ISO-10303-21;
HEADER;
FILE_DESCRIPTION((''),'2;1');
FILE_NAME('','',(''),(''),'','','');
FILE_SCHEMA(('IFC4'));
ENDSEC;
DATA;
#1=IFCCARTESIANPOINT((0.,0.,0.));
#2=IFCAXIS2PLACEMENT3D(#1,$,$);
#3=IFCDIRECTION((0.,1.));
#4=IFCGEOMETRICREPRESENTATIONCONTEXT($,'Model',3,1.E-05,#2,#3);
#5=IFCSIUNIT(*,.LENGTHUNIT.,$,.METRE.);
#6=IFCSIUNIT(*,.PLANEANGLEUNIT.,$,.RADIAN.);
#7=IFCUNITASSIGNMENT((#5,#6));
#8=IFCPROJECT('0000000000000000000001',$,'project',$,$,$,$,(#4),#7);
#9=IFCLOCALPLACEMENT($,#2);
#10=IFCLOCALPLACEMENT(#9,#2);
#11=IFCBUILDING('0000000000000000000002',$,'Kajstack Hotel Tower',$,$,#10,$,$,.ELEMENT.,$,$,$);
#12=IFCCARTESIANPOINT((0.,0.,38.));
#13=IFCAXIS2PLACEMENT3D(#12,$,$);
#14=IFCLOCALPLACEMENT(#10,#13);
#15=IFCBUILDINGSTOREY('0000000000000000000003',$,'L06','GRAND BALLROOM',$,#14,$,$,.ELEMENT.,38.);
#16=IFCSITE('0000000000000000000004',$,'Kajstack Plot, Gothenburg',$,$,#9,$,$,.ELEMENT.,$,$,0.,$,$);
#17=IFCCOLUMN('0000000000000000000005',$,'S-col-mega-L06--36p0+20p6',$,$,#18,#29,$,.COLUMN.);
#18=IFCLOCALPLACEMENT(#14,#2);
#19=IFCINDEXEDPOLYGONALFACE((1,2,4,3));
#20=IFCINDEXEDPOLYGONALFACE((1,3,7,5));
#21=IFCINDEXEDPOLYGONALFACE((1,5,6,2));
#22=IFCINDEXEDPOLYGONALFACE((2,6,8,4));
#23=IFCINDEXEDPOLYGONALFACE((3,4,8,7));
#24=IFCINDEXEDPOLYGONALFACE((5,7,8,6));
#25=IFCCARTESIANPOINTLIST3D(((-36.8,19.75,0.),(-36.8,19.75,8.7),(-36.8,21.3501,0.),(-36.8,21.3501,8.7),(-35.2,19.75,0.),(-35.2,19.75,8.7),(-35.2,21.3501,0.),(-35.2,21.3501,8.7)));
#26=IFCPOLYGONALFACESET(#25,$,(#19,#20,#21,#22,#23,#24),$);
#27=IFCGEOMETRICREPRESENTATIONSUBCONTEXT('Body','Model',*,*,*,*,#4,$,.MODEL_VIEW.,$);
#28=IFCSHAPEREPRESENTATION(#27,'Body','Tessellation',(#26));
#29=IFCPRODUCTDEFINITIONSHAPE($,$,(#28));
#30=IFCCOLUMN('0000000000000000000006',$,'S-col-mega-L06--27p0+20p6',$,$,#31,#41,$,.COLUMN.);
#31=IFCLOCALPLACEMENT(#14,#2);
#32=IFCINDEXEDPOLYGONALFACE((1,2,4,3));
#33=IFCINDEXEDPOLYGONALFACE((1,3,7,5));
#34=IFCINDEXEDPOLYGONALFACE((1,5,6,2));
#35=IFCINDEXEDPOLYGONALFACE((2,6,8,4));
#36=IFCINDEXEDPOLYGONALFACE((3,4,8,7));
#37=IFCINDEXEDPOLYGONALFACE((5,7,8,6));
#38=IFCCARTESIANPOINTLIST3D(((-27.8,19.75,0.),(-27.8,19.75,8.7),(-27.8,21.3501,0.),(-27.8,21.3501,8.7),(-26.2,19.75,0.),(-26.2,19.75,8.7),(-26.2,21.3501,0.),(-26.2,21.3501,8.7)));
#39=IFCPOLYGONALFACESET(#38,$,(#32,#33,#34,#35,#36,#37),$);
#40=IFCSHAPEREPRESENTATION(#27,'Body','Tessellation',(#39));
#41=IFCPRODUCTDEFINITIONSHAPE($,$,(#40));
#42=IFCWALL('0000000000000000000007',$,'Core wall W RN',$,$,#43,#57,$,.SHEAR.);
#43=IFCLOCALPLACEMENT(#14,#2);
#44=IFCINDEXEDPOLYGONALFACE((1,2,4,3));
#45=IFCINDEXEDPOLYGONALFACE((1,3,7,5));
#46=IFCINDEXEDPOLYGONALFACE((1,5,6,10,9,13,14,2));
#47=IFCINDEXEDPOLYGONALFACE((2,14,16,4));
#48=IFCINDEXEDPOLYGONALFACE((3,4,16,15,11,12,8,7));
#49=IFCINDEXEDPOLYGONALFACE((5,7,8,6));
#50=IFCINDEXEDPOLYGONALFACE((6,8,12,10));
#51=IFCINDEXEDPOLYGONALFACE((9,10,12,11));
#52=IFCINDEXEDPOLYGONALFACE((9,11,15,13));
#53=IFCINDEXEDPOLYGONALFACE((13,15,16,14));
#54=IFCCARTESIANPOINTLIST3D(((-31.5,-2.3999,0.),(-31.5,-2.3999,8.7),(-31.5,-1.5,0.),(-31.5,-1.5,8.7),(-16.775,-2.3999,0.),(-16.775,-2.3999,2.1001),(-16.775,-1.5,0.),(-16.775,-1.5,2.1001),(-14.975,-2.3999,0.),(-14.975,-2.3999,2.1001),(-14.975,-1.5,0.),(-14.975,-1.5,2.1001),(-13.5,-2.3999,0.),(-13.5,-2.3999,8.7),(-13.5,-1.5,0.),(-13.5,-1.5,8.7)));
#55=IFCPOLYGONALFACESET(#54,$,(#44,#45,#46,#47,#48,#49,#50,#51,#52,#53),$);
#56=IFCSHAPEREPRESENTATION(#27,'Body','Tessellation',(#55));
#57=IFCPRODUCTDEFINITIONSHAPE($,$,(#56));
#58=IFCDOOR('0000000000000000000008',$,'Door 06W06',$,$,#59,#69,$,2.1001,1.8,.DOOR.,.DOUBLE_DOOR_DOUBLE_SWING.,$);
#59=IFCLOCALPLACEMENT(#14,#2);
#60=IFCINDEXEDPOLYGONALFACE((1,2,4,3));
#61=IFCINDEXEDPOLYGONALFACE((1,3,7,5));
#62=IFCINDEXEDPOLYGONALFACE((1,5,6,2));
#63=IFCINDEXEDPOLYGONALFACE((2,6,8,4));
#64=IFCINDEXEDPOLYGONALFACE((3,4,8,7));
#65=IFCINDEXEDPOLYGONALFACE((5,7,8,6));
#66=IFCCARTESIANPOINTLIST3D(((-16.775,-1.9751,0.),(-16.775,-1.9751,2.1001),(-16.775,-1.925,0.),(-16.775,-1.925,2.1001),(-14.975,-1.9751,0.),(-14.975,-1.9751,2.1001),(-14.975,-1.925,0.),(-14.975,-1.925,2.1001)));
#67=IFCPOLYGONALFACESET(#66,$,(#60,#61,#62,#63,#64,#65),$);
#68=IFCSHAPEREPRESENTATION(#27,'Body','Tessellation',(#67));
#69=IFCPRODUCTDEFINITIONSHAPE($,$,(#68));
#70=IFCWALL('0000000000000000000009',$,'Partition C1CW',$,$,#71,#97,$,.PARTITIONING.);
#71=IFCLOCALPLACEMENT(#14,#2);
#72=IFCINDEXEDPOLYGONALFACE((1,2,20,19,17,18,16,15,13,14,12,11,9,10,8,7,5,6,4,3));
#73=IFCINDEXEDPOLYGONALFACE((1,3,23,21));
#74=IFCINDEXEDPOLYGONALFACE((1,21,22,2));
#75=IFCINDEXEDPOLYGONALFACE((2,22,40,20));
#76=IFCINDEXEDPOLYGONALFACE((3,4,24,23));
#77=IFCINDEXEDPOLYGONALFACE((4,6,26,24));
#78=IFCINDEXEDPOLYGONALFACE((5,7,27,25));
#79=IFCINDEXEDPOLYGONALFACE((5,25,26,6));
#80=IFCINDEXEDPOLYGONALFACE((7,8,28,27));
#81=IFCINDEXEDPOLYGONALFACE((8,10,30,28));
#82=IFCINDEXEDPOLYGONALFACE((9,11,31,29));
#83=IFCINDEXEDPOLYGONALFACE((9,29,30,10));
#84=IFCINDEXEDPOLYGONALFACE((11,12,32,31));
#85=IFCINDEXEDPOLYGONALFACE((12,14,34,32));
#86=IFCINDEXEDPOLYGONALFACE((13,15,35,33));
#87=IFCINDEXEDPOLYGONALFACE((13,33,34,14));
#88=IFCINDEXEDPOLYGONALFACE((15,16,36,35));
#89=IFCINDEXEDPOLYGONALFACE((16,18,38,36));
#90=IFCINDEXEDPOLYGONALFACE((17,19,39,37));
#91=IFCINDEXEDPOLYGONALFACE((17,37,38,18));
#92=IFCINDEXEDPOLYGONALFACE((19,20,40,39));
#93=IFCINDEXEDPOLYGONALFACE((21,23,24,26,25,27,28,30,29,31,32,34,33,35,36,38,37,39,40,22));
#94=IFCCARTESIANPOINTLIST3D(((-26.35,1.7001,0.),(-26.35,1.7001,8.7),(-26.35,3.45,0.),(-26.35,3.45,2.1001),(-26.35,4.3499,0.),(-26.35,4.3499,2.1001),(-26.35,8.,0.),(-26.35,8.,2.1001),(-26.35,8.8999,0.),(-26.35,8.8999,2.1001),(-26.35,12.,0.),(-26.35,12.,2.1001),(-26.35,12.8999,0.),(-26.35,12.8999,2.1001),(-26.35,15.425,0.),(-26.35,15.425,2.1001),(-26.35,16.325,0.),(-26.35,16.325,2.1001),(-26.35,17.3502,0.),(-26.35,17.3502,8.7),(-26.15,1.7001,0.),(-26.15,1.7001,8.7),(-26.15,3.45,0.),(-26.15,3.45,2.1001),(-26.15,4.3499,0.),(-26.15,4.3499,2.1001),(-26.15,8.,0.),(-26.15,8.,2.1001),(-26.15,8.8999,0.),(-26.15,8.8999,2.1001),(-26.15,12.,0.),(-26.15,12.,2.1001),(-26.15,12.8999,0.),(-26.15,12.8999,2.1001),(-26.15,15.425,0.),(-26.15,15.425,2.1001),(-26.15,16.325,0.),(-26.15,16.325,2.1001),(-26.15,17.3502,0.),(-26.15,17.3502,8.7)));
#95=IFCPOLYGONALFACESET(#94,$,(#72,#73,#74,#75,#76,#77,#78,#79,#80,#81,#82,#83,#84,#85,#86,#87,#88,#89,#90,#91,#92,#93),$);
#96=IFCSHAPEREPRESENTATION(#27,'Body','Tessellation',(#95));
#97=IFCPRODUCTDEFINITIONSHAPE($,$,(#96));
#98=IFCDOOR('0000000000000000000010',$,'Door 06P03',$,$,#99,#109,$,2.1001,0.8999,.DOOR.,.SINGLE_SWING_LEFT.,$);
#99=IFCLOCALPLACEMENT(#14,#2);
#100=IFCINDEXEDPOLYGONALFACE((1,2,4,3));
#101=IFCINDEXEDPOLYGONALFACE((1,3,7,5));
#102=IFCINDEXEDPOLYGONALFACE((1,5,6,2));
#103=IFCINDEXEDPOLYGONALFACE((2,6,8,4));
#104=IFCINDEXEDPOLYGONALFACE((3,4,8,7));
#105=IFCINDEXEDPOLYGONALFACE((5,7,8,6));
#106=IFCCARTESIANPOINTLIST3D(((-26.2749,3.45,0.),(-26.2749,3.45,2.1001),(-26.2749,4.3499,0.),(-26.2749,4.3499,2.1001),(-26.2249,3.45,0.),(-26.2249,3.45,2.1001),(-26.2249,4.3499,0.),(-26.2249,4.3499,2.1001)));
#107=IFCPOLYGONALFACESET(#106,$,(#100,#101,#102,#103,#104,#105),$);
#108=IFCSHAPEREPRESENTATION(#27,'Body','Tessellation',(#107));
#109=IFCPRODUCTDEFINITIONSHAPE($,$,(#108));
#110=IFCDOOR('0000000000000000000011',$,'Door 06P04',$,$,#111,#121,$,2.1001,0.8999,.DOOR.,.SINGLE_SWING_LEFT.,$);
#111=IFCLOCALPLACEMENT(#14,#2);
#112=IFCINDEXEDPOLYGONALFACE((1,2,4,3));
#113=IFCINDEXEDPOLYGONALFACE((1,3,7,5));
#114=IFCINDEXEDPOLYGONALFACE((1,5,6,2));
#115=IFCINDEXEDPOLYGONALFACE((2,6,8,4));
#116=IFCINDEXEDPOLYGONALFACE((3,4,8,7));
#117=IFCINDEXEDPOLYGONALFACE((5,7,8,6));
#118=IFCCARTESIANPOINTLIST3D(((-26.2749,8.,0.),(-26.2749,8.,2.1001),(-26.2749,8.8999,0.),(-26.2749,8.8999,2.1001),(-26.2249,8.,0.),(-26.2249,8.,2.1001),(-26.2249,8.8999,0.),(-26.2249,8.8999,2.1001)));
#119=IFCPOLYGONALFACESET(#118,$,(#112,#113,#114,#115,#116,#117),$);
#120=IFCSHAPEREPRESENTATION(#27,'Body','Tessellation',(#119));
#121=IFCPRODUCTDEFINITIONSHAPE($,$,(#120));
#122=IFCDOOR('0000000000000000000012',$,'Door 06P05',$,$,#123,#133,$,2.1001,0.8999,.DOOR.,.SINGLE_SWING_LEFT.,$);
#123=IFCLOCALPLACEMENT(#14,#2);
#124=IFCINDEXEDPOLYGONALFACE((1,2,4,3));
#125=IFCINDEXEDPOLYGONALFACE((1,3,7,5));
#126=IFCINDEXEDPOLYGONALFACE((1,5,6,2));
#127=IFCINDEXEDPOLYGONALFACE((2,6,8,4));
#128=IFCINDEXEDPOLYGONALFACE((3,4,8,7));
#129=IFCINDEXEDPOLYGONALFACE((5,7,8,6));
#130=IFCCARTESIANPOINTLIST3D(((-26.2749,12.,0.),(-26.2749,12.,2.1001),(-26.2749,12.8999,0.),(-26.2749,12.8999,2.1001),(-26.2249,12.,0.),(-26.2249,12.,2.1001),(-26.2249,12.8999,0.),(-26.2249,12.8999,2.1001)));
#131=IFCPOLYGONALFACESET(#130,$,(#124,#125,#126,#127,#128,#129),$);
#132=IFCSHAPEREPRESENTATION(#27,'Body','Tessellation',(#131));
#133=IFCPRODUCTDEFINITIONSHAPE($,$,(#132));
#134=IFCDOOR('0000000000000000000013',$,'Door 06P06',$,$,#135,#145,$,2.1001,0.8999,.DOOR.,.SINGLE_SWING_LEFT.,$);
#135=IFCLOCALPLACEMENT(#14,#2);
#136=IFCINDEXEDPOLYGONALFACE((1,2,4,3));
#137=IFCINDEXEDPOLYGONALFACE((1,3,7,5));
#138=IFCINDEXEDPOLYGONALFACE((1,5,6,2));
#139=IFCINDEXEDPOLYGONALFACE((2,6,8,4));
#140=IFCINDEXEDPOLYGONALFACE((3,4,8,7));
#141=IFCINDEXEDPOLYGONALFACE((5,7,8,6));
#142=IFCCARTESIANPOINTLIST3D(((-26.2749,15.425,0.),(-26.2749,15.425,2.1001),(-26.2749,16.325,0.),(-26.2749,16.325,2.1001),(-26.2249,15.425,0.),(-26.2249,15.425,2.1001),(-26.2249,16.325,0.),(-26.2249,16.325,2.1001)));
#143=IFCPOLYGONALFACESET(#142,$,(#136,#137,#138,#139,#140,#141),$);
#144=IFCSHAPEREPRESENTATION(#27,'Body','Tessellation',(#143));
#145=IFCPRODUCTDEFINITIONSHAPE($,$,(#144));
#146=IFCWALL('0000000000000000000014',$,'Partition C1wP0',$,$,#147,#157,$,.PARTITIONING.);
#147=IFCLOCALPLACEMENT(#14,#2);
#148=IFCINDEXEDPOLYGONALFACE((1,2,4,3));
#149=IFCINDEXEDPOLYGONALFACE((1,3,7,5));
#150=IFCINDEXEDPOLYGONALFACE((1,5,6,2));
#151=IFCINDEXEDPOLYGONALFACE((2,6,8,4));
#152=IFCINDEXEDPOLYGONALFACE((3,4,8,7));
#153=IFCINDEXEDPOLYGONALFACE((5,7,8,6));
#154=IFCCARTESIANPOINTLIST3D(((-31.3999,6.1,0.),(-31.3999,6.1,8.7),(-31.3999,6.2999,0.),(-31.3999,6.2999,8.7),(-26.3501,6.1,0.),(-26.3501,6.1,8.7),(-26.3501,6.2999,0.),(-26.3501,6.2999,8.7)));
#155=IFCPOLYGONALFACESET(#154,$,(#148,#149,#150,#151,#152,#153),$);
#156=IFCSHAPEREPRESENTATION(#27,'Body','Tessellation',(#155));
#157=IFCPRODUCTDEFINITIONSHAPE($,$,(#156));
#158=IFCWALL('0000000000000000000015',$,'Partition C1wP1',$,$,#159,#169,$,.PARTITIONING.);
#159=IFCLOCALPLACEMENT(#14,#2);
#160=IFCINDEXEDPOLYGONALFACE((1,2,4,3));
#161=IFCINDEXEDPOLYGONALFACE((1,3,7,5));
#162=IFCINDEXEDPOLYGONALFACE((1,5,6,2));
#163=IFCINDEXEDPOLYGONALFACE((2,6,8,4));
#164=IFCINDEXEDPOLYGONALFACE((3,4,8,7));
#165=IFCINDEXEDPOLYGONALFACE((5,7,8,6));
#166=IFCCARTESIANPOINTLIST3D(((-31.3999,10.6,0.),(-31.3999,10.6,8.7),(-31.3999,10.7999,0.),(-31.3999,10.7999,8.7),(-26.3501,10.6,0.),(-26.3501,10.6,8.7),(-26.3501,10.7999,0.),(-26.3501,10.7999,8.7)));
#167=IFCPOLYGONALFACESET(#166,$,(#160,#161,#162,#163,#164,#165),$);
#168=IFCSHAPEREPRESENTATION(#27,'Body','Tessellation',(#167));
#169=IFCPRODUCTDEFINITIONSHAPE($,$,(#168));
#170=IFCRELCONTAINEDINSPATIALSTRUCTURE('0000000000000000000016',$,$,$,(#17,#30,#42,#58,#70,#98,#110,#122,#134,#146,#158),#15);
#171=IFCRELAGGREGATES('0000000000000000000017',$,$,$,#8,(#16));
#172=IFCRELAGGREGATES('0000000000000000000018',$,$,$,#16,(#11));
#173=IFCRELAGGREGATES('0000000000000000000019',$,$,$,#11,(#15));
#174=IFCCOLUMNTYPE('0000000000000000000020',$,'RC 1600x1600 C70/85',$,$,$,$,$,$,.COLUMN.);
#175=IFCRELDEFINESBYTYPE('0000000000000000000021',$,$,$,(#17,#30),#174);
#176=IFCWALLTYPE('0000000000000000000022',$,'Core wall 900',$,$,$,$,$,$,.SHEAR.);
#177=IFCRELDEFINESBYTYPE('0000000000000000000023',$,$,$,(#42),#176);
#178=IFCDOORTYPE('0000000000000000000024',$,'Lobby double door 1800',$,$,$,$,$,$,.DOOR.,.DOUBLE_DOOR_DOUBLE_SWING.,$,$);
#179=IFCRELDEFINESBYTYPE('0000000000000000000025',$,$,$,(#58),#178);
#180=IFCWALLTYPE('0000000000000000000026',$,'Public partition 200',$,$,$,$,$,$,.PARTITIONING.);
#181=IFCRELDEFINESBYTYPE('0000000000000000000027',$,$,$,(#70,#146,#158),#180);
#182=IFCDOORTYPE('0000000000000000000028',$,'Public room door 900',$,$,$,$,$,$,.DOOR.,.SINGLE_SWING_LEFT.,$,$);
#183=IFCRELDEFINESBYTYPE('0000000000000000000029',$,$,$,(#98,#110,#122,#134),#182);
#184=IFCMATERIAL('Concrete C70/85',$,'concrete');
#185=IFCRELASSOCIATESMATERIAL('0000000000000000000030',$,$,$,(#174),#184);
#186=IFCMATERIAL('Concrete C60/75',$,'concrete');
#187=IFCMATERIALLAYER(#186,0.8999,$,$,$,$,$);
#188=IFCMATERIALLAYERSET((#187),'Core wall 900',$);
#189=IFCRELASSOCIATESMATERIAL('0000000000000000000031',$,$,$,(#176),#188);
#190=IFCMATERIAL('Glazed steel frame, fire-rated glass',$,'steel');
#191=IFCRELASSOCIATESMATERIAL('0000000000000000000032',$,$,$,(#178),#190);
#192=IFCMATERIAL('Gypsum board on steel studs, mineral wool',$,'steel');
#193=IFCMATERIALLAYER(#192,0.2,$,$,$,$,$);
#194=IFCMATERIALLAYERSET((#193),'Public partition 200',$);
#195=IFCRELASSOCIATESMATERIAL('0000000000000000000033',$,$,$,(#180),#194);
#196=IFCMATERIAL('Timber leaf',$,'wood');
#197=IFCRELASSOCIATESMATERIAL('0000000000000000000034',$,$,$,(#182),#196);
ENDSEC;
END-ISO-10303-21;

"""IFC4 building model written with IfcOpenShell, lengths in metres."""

from ifc_helpers import new_model, si_unit, direction, frame, frame_2d, origin, origin_2d, place, context, subcontext, project, spatial, rectangle, extrude, material, layer, layer_set, material_profile, profile_set, type_object, element, fill, save


model = new_model("IFC4")

# Units and contexts
model_context = context("Model", 3, precision=1e-05, world=origin(), true_north=direction((0.0, 1.0)))
body_context = subcontext(model_context, "Body", "Model", "MODEL_VIEW")
ifc_project = project(units=[si_unit("LENGTHUNIT", "METRE"), si_unit("PLANEANGLEUNIT", "RADIAN")], contexts=[model_context])

# Site, building, storey
site_placement = place(None, origin())
site = spatial("IfcSite", under=ifc_project, at=site_placement, Name="Kajstack Plot, Gothenburg", CompositionType="ELEMENT", RefElevation=0.0)
building_placement = place(site_placement, origin())
building = spatial("IfcBuilding", under=site, at=building_placement, Name="Kajstack Hotel Tower", CompositionType="ELEMENT")
storey_placement = place(building_placement, frame((0.0, 0.0, 38.0)))
storey = spatial("IfcBuildingStorey", under=building, at=storey_placement, Name="L06", Description="GRAND BALLROOM", CompositionType="ELEMENT", Elevation=38.0)

# Columns
ifc_material_1 = material(Name="Concrete C70/85", Category="concrete")
ifc_material_profile = material_profile(ifc_material_1, rectangle(XDim=1.6001, YDim=1.6001, at=origin_2d()), Name="RC 1600x1600")
ifc_profile_set = profile_set([ifc_material_profile], Name="Concrete C70/85")
column_type = type_object("IfcColumnType", Name="RC 1600x1600 C70/85", PredefinedType="COLUMN", material=ifc_profile_set)
for number, where, z_axis, x_axis, name in (
    (1, (-36.0, 20.55, 0.0), (0.0, 0.0, 1.0), (1.0, 0.0, 0.0), "S-col-mega-L06--36p0+20p6"),
    (2, (-27.0, 20.55, 0.0), (0.0, 0.0, 1.0), (1.0, 0.0, 0.0), "S-col-mega-L06--27p0+20p6"),
):
    element("IfcColumn", number, at=place(storey_placement, frame(where, z_axis=z_axis, x_axis=x_axis)), inside=storey, type_object=column_type, Name=name, PredefinedType="COLUMN", context=body_context, shape_type="SweptSolid", body=[
        extrude(rectangle(XDim=1.6001, YDim=1.6001, at=origin_2d()), origin(), (0.0, 0.0, 1.0), 8.7),
    ])

# Wall, opening, door
ifc_material_2 = material(Name="Concrete C60/75", Category="concrete")
ifc_layer_1 = layer(ifc_material_2, 0.8999)
ifc_layer_set_1 = layer_set([ifc_layer_1], Name="Core wall 900")
wall_type_1 = type_object("IfcWallType", Name="Core wall 900", PredefinedType="SHEAR", material=ifc_layer_set_1)
wall_1_placement = place(storey_placement, frame((-31.5, -1.95, 0.0), z_axis=(0.0, 0.0, 1.0), x_axis=(1.0, 0.0, 0.0)))
wall_1 = element("IfcWall", 3, at=wall_1_placement, inside=storey, type_object=wall_type_1, Name="Core wall W RN", PredefinedType="SHEAR", context=body_context, shape_type="SweptSolid", body=[
    extrude(rectangle(XDim=18.0, YDim=0.8999, at=frame_2d((9.0, 0.0))), origin(), (0.0, 0.0, 1.0), 8.7),
])
opening_1_placement = place(wall_1_placement, frame((14.7251, 0.0, 0.0)))
opening_1 = element("IfcOpeningElement", 4, at=opening_1_placement, cuts=wall_1, PredefinedType="OPENING", context=body_context, shape_type="SweptSolid", body=[
    extrude(rectangle(XDim=1.8, YDim=2.1001, at=frame_2d((0.8999, 1.05))), frame((0.0, 0.46, 0.0), z_axis=(0.0, -1.0, 0.0), x_axis=(1.0, 0.0, 0.0)), (0.0, 0.0, 1.0), 0.9199),
])
ifc_material_3 = material(Name="Glazed steel frame, fire-rated glass", Category="steel")
door_type_1 = type_object("IfcDoorType", Name="Lobby double door 1800", OperationType="DOUBLE_DOOR_DOUBLE_SWING", PredefinedType="DOOR", material=ifc_material_3)
door_1_placement = place(opening_1_placement, origin())
door_1 = element("IfcDoor", 5, at=door_1_placement, inside=storey, type_object=door_type_1, Name="Door 06W06", OperationType="DOUBLE_DOOR_DOUBLE_SWING", OverallHeight=2.1001, OverallWidth=1.8, PredefinedType="DOOR", context=body_context, shape_type="SweptSolid", body=[
    extrude(rectangle(XDim=1.8, YDim=2.1001, at=frame_2d((0.8999, 1.05))), frame((0.0, 0.0249, 0.0), z_axis=(0.0, -1.0, 0.0), x_axis=(1.0, 0.0, 0.0)), (0.0, 0.0, 1.0), 0.05),
])
fill(opening_1, door_1)

# Wall, openings, doors
ifc_material_4 = material(Name="Gypsum board on steel studs, mineral wool", Category="steel")
ifc_layer_2 = layer(ifc_material_4, 0.2)
ifc_layer_set_2 = layer_set([ifc_layer_2], Name="Public partition 200")
wall_type_2 = type_object("IfcWallType", Name="Public partition 200", PredefinedType="PARTITIONING", material=ifc_layer_set_2)
wall_2_placement = place(storey_placement, frame((-26.25, 1.7, 0.0), z_axis=(0.0, 0.0, 1.0), x_axis=(0.0, 1.0, 0.0)))
wall_2 = element("IfcWall", 6, at=wall_2_placement, inside=storey, type_object=wall_type_2, Name="Partition C1CW", PredefinedType="PARTITIONING", context=body_context, shape_type="SweptSolid", body=[
    extrude(rectangle(XDim=15.6501, YDim=0.2, at=frame_2d((7.8252, 0.0))), origin(), (0.0, 0.0, 1.0), 8.7),
])
opening_2_placement = place(wall_2_placement, frame((1.75, 0.0, 0.0)))
opening_2 = element("IfcOpeningElement", 7, at=opening_2_placement, cuts=wall_2, PredefinedType="OPENING", context=body_context, shape_type="SweptSolid", body=[
    extrude(rectangle(XDim=0.8999, YDim=2.1001, at=frame_2d((0.45, 1.05))), frame((0.0, 0.1099, 0.0), z_axis=(0.0, -1.0, 0.0), x_axis=(1.0, 0.0, 0.0)), (0.0, 0.0, 1.0), 0.22),
])
opening_3_placement = place(wall_2_placement, frame((6.3, 0.0, 0.0)))
opening_3 = element("IfcOpeningElement", 8, at=opening_3_placement, cuts=wall_2, PredefinedType="OPENING", context=body_context, shape_type="SweptSolid", body=[
    extrude(rectangle(XDim=0.8999, YDim=2.1001, at=frame_2d((0.45, 1.05))), frame((0.0, 0.1099, 0.0), z_axis=(0.0, -1.0, 0.0), x_axis=(1.0, 0.0, 0.0)), (0.0, 0.0, 1.0), 0.22),
])
opening_4_placement = place(wall_2_placement, frame((10.3, 0.0, 0.0)))
opening_4 = element("IfcOpeningElement", 9, at=opening_4_placement, cuts=wall_2, PredefinedType="OPENING", context=body_context, shape_type="SweptSolid", body=[
    extrude(rectangle(XDim=0.8999, YDim=2.1001, at=frame_2d((0.45, 1.05))), frame((0.0, 0.1099, 0.0), z_axis=(0.0, -1.0, 0.0), x_axis=(1.0, 0.0, 0.0)), (0.0, 0.0, 1.0), 0.22),
])
opening_5_placement = place(wall_2_placement, frame((13.7251, 0.0, 0.0)))
opening_5 = element("IfcOpeningElement", 10, at=opening_5_placement, cuts=wall_2, PredefinedType="OPENING", context=body_context, shape_type="SweptSolid", body=[
    extrude(rectangle(XDim=0.8999, YDim=2.1001, at=frame_2d((0.45, 1.05))), frame((0.0, 0.1099, 0.0), z_axis=(0.0, -1.0, 0.0), x_axis=(1.0, 0.0, 0.0)), (0.0, 0.0, 1.0), 0.22),
])
ifc_material_5 = material(Name="Timber leaf", Category="wood")
door_type_2 = type_object("IfcDoorType", Name="Public room door 900", OperationType="SINGLE_SWING_LEFT", PredefinedType="DOOR", material=ifc_material_5)
door_2_placement = place(opening_2_placement, origin())
door_2 = element("IfcDoor", 11, at=door_2_placement, inside=storey, type_object=door_type_2, Name="Door 06P03", OperationType="SINGLE_SWING_LEFT", OverallHeight=2.1001, OverallWidth=0.8999, PredefinedType="DOOR", context=body_context, shape_type="SweptSolid", body=[
    extrude(rectangle(XDim=0.8999, YDim=2.1001, at=frame_2d((0.45, 1.05))), frame((0.0, 0.0249, 0.0), z_axis=(0.0, -1.0, 0.0), x_axis=(1.0, 0.0, 0.0)), (0.0, 0.0, 1.0), 0.05),
])
fill(opening_2, door_2)
door_3_placement = place(opening_3_placement, origin())
door_3 = element("IfcDoor", 12, at=door_3_placement, inside=storey, type_object=door_type_2, Name="Door 06P04", OperationType="SINGLE_SWING_LEFT", OverallHeight=2.1001, OverallWidth=0.8999, PredefinedType="DOOR", context=body_context, shape_type="SweptSolid", body=[
    extrude(rectangle(XDim=0.8999, YDim=2.1001, at=frame_2d((0.45, 1.05))), frame((0.0, 0.0249, 0.0), z_axis=(0.0, -1.0, 0.0), x_axis=(1.0, 0.0, 0.0)), (0.0, 0.0, 1.0), 0.05),
])
fill(opening_3, door_3)
door_4_placement = place(opening_4_placement, origin())
door_4 = element("IfcDoor", 13, at=door_4_placement, inside=storey, type_object=door_type_2, Name="Door 06P05", OperationType="SINGLE_SWING_LEFT", OverallHeight=2.1001, OverallWidth=0.8999, PredefinedType="DOOR", context=body_context, shape_type="SweptSolid", body=[
    extrude(rectangle(XDim=0.8999, YDim=2.1001, at=frame_2d((0.45, 1.05))), frame((0.0, 0.0249, 0.0), z_axis=(0.0, -1.0, 0.0), x_axis=(1.0, 0.0, 0.0)), (0.0, 0.0, 1.0), 0.05),
])
fill(opening_4, door_4)
door_5_placement = place(opening_5_placement, origin())
door_5 = element("IfcDoor", 14, at=door_5_placement, inside=storey, type_object=door_type_2, Name="Door 06P06", OperationType="SINGLE_SWING_LEFT", OverallHeight=2.1001, OverallWidth=0.8999, PredefinedType="DOOR", context=body_context, shape_type="SweptSolid", body=[
    extrude(rectangle(XDim=0.8999, YDim=2.1001, at=frame_2d((0.45, 1.05))), frame((0.0, 0.0249, 0.0), z_axis=(0.0, -1.0, 0.0), x_axis=(1.0, 0.0, 0.0)), (0.0, 0.0, 1.0), 0.05),
])
fill(opening_5, door_5)

# Walls
for number, where, z_axis, x_axis, name in (
    (15, (-31.3999, 6.2, 0.0), (0.0, 0.0, 1.0), (1.0, 0.0, 0.0), "Partition C1wP0"),
    (16, (-31.3999, 10.7, 0.0), (0.0, 0.0, 1.0), (1.0, 0.0, 0.0), "Partition C1wP1"),
):
    element("IfcWall", number, at=place(storey_placement, frame(where, z_axis=z_axis, x_axis=x_axis)), inside=storey, type_object=wall_type_2, Name=name, PredefinedType="PARTITIONING", context=body_context, shape_type="SweptSolid", body=[
        extrude(rectangle(XDim=5.0498, YDim=0.2, at=frame_2d((2.5249, 0.0))), origin(), (0.0, 0.0, 1.0), 8.7),
    ])

save(model, "model.ifc")
